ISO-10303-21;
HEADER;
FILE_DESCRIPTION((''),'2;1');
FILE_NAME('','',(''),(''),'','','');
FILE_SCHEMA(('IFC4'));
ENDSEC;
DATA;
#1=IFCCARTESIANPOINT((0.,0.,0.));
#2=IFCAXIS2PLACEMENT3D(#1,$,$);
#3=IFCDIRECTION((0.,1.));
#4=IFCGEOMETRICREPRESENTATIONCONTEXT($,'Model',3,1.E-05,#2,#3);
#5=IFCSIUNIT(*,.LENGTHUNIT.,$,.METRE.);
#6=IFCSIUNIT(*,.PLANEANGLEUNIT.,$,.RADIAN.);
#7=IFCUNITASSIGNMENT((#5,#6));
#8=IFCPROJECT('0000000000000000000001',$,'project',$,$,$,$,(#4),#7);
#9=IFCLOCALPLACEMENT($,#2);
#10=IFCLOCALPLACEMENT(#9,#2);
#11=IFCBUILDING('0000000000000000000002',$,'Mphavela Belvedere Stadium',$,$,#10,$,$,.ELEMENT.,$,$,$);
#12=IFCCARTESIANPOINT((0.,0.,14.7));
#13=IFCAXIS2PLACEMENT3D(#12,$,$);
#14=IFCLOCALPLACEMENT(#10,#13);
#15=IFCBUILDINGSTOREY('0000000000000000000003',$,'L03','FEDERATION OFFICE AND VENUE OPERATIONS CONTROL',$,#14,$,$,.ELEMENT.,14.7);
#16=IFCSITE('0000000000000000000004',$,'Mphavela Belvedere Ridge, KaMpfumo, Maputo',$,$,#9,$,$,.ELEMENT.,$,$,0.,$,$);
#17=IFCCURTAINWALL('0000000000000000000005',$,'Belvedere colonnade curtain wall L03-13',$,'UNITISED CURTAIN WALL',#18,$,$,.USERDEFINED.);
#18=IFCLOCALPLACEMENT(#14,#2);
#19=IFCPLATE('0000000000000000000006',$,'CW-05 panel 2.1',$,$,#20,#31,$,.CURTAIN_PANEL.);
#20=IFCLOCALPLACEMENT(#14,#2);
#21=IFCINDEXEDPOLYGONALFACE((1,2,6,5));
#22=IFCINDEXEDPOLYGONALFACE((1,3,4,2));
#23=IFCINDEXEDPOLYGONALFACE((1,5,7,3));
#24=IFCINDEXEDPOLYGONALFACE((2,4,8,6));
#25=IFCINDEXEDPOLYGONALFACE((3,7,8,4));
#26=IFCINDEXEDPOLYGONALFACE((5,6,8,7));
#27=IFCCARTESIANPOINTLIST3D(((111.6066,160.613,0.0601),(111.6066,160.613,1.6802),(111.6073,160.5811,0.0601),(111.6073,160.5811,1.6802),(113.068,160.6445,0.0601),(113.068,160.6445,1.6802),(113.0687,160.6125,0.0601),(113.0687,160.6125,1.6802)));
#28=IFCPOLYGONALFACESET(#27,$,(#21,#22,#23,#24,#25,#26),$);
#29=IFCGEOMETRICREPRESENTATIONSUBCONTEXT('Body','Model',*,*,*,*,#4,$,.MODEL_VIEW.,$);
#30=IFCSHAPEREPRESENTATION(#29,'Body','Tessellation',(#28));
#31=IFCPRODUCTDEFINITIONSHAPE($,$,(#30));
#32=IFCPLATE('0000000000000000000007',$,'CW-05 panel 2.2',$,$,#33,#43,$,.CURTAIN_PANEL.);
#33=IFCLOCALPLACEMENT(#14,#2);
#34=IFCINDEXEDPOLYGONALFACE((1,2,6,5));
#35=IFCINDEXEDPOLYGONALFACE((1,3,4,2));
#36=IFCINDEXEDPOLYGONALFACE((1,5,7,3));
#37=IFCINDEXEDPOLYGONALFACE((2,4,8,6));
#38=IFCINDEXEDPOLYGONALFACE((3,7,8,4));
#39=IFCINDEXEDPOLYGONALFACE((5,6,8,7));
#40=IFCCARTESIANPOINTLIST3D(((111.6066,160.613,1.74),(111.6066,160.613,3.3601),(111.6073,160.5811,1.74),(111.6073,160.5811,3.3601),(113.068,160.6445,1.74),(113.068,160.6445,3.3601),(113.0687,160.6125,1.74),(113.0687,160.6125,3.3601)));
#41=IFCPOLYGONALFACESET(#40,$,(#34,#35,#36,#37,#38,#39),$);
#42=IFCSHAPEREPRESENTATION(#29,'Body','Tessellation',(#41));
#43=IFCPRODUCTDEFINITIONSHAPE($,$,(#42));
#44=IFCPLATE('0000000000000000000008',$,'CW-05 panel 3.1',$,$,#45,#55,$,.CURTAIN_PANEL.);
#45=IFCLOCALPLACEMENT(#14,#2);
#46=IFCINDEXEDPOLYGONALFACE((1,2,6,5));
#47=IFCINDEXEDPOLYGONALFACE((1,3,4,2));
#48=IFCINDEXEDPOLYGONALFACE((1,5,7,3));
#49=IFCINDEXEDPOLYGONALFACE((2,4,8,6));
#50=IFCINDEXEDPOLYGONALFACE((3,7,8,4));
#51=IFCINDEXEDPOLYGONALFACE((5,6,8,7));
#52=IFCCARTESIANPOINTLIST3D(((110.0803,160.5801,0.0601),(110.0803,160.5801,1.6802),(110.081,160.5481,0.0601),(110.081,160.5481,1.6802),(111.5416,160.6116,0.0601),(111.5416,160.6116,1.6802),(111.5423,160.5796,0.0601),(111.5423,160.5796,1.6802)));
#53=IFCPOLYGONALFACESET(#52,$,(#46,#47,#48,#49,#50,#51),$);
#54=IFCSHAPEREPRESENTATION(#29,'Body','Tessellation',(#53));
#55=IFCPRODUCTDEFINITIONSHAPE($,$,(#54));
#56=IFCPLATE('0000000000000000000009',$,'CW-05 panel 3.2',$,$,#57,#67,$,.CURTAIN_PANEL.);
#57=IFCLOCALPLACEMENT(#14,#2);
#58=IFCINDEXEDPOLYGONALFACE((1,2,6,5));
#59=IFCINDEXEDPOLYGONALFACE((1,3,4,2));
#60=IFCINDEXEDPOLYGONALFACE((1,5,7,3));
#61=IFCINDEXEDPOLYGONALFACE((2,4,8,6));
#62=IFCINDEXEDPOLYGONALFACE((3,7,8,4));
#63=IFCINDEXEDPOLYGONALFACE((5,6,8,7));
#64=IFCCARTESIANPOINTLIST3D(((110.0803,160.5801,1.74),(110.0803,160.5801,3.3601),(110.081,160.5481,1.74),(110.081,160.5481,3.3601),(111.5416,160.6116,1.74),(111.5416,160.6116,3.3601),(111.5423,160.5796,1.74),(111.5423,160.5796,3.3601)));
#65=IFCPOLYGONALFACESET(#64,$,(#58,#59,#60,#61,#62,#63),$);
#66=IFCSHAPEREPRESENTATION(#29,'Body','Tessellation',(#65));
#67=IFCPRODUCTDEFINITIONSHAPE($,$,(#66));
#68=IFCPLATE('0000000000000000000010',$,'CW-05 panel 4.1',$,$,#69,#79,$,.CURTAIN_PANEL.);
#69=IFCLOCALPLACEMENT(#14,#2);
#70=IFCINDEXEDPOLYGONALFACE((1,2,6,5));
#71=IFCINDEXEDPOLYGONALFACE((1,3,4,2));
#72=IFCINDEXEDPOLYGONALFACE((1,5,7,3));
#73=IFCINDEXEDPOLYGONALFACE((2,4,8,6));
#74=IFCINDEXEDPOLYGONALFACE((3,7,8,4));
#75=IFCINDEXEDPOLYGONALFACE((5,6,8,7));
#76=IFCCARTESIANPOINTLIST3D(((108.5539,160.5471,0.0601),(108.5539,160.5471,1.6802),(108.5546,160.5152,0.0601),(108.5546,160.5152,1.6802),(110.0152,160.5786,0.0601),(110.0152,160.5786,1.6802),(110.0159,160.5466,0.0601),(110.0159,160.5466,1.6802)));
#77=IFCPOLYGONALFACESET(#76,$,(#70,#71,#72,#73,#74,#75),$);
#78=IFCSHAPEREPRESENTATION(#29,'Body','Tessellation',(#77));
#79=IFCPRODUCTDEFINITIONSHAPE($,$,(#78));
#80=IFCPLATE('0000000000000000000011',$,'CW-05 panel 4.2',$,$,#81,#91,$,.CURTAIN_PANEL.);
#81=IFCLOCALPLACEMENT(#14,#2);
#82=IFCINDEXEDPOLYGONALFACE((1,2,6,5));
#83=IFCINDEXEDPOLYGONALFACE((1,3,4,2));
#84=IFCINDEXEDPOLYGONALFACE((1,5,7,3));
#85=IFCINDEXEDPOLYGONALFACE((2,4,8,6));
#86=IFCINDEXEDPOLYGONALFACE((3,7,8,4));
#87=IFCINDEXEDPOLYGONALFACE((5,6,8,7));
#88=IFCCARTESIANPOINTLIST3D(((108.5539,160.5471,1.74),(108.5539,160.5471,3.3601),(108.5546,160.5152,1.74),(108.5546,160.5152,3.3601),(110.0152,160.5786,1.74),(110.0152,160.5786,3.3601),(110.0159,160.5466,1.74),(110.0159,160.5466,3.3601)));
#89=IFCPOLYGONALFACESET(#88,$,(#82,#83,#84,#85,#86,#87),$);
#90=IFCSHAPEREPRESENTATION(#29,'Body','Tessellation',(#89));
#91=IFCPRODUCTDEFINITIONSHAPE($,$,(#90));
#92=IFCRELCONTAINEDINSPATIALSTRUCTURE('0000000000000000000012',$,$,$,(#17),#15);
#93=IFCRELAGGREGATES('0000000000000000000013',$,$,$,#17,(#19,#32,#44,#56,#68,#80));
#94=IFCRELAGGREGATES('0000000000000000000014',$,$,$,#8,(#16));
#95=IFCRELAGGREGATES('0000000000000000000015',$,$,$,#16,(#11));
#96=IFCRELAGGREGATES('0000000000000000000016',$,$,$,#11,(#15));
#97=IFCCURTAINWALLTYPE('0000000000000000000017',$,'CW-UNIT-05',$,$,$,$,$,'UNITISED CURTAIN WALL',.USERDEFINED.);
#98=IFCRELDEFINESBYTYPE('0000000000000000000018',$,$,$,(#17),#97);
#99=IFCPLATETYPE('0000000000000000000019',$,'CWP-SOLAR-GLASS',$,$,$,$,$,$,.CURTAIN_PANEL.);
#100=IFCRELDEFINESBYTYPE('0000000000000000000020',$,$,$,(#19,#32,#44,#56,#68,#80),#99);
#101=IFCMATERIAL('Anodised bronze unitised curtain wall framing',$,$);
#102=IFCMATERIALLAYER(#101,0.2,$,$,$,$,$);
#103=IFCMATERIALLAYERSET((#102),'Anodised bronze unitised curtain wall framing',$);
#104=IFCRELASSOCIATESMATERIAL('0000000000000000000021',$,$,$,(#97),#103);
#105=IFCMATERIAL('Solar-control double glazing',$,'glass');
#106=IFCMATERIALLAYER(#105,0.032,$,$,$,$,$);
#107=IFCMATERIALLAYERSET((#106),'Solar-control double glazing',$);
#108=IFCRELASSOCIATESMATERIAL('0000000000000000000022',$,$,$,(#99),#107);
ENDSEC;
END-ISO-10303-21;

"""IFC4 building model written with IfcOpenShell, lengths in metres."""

from ifc_helpers import new_model, si_unit, direction, frame, origin, origin_2d, place, context, subcontext, project, spatial, rectangle, extrude, material, layer, layer_set, type_object, element, aggregate, save


model = new_model("IFC4")

# Units and contexts
model_context = context("Model", 3, precision=1e-05, world=origin(), true_north=direction((0.0, 1.0)))
body_context = subcontext(model_context, "Body", "Model", "MODEL_VIEW")
ifc_project = project(units=[si_unit("LENGTHUNIT", "METRE"), si_unit("PLANEANGLEUNIT", "RADIAN")], contexts=[model_context])

# Site, building, storey
site_placement = place(None, origin())
site = spatial("IfcSite", under=ifc_project, at=site_placement, Name="Mphavela Belvedere Ridge, KaMpfumo, Maputo", CompositionType="ELEMENT", RefElevation=0.0)
building_placement = place(site_placement, origin())
building = spatial("IfcBuilding", under=site, at=building_placement, Name="Mphavela Belvedere Stadium", CompositionType="ELEMENT")
storey_placement = place(building_placement, frame((0.0, 0.0, 14.7)))
storey = spatial("IfcBuildingStorey", under=building, at=storey_placement, Name="L03", Description="FEDERATION OFFICE AND VENUE OPERATIONS CONTROL", CompositionType="ELEMENT", Elevation=14.7)

# Curtain wall
ifc_material_1 = material(Name="Anodised bronze unitised curtain wall framing")
ifc_layer_1 = layer(ifc_material_1, 0.2)
ifc_layer_set_1 = layer_set([ifc_layer_1], Name="Anodised bronze unitised curtain wall framing")
curtain_wall_type_1 = type_object("IfcCurtainWallType", Name="CW-UNIT-05", ElementType="UNITISED CURTAIN WALL", PredefinedType="USERDEFINED", material=ifc_layer_set_1)
curtain_wall_1_placement = place(storey_placement, origin())
curtain_wall_1 = element("IfcCurtainWall", 1, at=curtain_wall_1_placement, inside=storey, type_object=curtain_wall_type_1, Name="Belvedere colonnade curtain wall L03-13", ObjectType="UNITISED CURTAIN WALL", PredefinedType="USERDEFINED")

# Plates
ifc_material_2 = material(Name="Solar-control double glazing", Category="glass")
ifc_layer_2 = layer(ifc_material_2, 0.032)
ifc_layer_set_2 = layer_set([ifc_layer_2], Name="Solar-control double glazing")
plate_type = type_object("IfcPlateType", Name="CWP-SOLAR-GLASS", PredefinedType="CURTAIN_PANEL", material=ifc_layer_set_2)
plate_1_placement = place(storey_placement, frame((112.3376, 160.6128, 0.0601), z_axis=(0.0, 0.0, 1.0), x_axis=(-0.999768, -0.021531, 0.0)))
plate_1 = element("IfcPlate", 2, at=plate_1_placement, type_object=plate_type, Name="CW-05 panel 2.1", PredefinedType="CURTAIN_PANEL", context=body_context, shape_type="SweptSolid", body=[
    extrude(rectangle(XDim=1.4617, YDim=0.032, at=origin_2d()), origin(), (0.0, 0.0, 1.0), 1.6201),
])
plate_2_placement = place(storey_placement, frame((112.3376, 160.6128, 1.74), z_axis=(0.0, 0.0, 1.0), x_axis=(-0.999768, -0.021531, 0.0)))
plate_2 = element("IfcPlate", 3, at=plate_2_placement, type_object=plate_type, Name="CW-05 panel 2.2", PredefinedType="CURTAIN_PANEL", context=body_context, shape_type="SweptSolid", body=[
    extrude(rectangle(XDim=1.4617, YDim=0.032, at=origin_2d()), origin(), (0.0, 0.0, 1.0), 1.6201),
])
plate_3_placement = place(storey_placement, frame((110.8113, 160.5798, 0.0601), z_axis=(0.0, 0.0, 1.0), x_axis=(-0.999768, -0.021531, 0.0)))
plate_3 = element("IfcPlate", 4, at=plate_3_placement, type_object=plate_type, Name="CW-05 panel 3.1", PredefinedType="CURTAIN_PANEL", context=body_context, shape_type="SweptSolid", body=[
    extrude(rectangle(XDim=1.4617, YDim=0.032, at=origin_2d()), origin(), (0.0, 0.0, 1.0), 1.6201),
])
plate_4_placement = place(storey_placement, frame((110.8113, 160.5798, 1.74), z_axis=(0.0, 0.0, 1.0), x_axis=(-0.999768, -0.021531, 0.0)))
plate_4 = element("IfcPlate", 5, at=plate_4_placement, type_object=plate_type, Name="CW-05 panel 3.2", PredefinedType="CURTAIN_PANEL", context=body_context, shape_type="SweptSolid", body=[
    extrude(rectangle(XDim=1.4617, YDim=0.032, at=origin_2d()), origin(), (0.0, 0.0, 1.0), 1.6201),
])
plate_5_placement = place(storey_placement, frame((109.2849, 160.5469, 0.0601), z_axis=(0.0, 0.0, 1.0), x_axis=(-0.999768, -0.021531, 0.0)))
plate_5 = element("IfcPlate", 6, at=plate_5_placement, type_object=plate_type, Name="CW-05 panel 4.1", PredefinedType="CURTAIN_PANEL", context=body_context, shape_type="SweptSolid", body=[
    extrude(rectangle(XDim=1.4617, YDim=0.032, at=origin_2d()), origin(), (0.0, 0.0, 1.0), 1.6201),
])
plate_6_placement = place(storey_placement, frame((109.2849, 160.5469, 1.74), z_axis=(0.0, 0.0, 1.0), x_axis=(-0.999768, -0.021531, 0.0)))
plate_6 = element("IfcPlate", 7, at=plate_6_placement, type_object=plate_type, Name="CW-05 panel 4.2", PredefinedType="CURTAIN_PANEL", context=body_context, shape_type="SweptSolid", body=[
    extrude(rectangle(XDim=1.4617, YDim=0.032, at=origin_2d()), origin(), (0.0, 0.0, 1.0), 1.6201),
])
aggregate(curtain_wall_1, [plate_1, plate_2, plate_3, plate_4, plate_5, plate_6])

save(model, "model.ifc")
